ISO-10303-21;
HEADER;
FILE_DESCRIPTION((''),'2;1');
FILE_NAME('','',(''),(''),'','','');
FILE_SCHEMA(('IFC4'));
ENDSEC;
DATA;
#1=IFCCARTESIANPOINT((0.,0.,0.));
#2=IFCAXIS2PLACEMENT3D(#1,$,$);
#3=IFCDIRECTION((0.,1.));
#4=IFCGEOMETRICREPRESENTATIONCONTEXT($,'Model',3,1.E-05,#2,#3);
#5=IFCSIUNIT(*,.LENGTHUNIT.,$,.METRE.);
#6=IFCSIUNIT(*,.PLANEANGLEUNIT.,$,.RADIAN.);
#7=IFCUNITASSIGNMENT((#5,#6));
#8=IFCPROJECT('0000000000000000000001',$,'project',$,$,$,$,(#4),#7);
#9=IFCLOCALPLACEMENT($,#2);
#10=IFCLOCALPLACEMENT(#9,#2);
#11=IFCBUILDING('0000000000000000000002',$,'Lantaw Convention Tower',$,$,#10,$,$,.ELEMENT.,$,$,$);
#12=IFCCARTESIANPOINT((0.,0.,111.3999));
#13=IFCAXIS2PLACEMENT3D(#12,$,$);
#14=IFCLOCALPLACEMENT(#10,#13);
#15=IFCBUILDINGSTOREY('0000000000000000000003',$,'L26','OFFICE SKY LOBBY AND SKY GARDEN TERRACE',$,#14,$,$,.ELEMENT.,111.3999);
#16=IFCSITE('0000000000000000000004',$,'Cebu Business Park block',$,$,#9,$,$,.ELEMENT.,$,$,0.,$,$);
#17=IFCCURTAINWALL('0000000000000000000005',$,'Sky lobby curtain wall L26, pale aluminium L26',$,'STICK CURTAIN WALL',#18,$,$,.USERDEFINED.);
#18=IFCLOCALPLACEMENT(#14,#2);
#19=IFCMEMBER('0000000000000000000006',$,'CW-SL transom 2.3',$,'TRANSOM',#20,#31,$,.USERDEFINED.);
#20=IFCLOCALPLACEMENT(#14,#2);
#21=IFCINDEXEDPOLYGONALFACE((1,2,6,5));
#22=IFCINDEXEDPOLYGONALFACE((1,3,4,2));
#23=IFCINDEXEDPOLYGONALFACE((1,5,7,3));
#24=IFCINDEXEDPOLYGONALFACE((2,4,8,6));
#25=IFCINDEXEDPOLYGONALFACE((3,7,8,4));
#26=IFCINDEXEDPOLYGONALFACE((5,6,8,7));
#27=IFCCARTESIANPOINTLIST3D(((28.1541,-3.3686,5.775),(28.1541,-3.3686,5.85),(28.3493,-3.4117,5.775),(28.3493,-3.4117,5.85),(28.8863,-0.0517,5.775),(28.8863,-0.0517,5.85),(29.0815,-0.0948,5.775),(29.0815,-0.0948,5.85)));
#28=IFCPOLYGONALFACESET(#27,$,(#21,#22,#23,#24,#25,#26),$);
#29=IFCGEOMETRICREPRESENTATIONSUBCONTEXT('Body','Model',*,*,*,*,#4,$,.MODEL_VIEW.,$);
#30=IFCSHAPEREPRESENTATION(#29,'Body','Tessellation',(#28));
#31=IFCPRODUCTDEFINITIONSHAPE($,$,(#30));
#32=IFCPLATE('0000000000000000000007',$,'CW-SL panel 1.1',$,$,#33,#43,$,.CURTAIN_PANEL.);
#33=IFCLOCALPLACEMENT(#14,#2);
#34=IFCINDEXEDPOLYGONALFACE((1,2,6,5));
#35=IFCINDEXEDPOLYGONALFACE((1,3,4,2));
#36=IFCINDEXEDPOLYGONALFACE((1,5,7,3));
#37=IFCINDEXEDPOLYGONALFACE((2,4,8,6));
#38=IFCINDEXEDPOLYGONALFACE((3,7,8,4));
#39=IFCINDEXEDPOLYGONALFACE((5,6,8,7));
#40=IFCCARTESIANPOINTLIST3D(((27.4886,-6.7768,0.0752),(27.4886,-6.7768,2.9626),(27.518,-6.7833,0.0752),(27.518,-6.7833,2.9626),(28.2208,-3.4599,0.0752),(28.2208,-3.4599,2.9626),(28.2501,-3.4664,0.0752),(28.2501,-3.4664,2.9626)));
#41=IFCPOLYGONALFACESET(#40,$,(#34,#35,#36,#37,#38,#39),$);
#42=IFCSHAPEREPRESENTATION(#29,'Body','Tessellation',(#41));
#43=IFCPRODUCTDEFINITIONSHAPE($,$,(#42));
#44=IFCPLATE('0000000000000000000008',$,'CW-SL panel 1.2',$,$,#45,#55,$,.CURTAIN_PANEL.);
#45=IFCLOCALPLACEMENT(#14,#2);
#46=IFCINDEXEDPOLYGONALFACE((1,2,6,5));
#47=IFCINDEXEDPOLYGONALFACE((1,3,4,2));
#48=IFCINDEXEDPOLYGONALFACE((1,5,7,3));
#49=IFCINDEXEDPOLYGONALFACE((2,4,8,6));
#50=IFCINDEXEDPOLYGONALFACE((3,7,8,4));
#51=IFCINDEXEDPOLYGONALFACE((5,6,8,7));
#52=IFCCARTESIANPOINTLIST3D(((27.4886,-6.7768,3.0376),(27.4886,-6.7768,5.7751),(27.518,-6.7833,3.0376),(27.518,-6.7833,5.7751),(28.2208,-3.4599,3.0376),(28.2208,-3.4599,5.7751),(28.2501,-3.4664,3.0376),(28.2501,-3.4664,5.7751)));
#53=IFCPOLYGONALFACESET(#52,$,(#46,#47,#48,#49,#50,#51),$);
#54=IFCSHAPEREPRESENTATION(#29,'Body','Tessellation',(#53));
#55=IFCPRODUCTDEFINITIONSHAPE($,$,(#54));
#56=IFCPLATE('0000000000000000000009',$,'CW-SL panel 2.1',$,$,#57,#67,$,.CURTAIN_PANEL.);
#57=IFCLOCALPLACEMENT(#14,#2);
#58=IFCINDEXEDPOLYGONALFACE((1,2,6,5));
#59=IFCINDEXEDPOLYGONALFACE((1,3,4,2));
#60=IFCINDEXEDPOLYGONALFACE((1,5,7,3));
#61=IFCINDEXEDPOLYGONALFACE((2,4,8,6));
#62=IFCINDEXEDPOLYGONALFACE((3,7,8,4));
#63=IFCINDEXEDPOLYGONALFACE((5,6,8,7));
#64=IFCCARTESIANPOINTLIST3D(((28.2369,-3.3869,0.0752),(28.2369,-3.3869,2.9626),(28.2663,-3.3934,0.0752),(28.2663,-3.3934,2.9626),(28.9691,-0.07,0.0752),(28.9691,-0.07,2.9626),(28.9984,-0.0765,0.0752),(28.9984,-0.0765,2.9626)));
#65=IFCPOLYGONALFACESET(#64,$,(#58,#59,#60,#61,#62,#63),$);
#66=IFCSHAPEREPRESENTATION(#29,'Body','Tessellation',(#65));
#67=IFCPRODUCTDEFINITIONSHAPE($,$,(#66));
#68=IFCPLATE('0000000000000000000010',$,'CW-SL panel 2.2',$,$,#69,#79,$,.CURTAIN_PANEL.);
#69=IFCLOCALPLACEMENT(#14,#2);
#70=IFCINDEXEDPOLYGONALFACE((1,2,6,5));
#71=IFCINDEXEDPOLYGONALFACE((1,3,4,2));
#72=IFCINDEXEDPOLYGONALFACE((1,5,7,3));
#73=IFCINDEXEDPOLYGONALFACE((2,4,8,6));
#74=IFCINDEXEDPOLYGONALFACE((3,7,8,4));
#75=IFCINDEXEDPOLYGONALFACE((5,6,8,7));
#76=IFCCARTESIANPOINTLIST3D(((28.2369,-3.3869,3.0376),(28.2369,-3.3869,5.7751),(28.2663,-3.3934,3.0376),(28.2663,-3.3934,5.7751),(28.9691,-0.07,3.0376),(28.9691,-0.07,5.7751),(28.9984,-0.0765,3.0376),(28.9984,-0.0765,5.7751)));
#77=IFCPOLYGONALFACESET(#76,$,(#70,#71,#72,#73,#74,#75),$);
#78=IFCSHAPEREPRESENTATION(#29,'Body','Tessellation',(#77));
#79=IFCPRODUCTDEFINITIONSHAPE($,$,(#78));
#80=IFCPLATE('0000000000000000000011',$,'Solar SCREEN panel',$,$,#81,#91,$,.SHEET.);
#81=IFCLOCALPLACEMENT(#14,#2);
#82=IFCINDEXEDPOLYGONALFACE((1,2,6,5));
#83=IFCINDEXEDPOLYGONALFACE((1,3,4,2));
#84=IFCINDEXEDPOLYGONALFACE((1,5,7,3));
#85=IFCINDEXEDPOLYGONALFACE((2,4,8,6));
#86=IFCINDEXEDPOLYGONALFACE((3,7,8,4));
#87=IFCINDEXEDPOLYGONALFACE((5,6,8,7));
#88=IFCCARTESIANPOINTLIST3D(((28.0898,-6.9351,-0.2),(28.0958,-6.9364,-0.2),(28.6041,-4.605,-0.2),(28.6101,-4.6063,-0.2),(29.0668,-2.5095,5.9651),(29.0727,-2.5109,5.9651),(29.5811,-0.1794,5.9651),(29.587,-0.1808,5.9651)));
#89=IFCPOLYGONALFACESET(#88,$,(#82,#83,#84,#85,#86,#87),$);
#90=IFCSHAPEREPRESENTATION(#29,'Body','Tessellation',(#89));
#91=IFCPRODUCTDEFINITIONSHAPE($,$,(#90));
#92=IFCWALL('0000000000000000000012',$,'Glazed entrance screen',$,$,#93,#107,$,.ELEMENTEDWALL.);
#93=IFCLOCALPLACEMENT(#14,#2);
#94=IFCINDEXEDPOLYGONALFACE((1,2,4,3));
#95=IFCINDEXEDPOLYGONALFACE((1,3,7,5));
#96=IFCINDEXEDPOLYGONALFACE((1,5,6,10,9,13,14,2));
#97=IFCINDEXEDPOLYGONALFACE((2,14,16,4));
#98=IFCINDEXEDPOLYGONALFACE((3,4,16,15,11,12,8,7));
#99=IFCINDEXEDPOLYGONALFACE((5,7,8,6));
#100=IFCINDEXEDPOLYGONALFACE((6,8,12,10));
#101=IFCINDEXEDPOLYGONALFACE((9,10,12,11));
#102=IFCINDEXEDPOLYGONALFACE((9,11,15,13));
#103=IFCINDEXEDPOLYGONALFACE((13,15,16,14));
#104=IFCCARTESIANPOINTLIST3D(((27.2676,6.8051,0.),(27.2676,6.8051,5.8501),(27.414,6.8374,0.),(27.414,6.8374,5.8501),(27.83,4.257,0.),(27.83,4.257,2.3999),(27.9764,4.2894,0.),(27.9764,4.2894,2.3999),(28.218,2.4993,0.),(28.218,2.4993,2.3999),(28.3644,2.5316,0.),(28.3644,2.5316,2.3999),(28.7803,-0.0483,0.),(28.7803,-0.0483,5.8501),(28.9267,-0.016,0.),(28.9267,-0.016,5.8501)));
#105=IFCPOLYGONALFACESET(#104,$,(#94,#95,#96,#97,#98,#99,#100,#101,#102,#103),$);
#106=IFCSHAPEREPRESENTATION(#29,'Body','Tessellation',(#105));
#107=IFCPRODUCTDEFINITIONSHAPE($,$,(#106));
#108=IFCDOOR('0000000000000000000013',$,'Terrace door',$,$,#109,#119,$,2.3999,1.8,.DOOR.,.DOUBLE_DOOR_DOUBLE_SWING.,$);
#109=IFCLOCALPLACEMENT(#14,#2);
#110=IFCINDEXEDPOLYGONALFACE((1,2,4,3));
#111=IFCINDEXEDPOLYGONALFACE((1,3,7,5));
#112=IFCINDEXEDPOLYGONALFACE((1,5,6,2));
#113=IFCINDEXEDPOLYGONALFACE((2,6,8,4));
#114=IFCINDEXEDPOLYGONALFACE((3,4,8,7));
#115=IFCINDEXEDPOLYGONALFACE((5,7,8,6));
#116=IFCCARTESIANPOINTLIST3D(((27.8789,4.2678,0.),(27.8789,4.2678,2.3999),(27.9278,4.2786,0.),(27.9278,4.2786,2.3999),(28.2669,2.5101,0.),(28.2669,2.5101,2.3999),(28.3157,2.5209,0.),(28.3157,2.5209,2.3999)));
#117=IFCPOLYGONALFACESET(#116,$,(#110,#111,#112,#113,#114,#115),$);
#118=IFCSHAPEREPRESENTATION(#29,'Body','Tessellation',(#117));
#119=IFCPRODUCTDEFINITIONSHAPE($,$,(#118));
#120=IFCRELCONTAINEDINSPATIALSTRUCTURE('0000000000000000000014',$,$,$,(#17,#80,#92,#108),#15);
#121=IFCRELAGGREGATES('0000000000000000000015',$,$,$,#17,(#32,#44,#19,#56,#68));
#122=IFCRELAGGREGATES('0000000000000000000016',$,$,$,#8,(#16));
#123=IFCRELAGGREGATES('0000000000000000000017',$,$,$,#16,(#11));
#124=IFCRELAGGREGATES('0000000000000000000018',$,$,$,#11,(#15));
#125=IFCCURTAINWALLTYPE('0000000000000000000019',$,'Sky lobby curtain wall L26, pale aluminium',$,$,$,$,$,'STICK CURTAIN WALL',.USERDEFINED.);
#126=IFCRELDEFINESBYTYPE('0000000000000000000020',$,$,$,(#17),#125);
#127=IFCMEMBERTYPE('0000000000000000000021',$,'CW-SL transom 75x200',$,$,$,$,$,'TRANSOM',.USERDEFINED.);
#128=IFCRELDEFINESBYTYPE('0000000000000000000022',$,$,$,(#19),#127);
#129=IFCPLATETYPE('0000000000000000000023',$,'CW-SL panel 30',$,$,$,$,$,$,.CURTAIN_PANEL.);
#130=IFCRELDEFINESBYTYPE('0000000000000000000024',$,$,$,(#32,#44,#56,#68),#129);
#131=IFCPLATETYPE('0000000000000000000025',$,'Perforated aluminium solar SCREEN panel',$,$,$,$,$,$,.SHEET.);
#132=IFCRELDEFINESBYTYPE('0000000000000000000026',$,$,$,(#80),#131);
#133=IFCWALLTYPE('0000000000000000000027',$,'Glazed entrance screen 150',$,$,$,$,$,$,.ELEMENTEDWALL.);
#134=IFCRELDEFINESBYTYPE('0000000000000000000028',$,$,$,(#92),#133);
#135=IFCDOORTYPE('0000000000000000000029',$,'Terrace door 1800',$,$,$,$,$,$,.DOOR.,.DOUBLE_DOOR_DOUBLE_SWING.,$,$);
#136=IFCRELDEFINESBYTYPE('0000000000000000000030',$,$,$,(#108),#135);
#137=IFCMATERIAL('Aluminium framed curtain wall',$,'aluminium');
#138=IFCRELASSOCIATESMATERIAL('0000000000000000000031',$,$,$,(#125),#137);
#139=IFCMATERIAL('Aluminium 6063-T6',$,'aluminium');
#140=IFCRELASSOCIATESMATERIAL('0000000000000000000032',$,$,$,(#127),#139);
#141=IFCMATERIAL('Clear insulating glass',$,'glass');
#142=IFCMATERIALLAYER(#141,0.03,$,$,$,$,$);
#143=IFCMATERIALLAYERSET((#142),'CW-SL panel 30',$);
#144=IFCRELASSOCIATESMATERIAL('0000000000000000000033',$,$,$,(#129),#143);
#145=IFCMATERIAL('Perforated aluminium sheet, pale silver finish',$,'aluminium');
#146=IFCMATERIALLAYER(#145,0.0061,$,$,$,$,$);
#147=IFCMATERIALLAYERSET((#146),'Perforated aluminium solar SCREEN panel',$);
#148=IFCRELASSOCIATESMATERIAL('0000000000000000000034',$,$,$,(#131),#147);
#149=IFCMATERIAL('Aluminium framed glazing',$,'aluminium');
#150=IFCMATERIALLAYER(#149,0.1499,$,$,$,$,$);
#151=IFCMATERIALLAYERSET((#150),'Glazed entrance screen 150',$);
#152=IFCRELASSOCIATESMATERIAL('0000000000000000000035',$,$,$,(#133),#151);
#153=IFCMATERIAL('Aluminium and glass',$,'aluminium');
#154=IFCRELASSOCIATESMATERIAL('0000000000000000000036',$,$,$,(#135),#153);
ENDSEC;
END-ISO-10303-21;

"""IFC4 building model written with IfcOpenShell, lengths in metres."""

from ifc_helpers import new_model, si_unit, direction, frame, frame_2d, origin, origin_2d, place, context, subcontext, project, spatial, polyline, rectangle, outline, extrude, material, layer, layer_set, material_profile, profile_set, type_object, element, fill, aggregate, save


model = new_model("IFC4")

# Units and contexts
model_context = context("Model", 3, precision=1e-05, world=origin(), true_north=direction((0.0, 1.0)))
body_context = subcontext(model_context, "Body", "Model", "MODEL_VIEW")
ifc_project = project(units=[si_unit("LENGTHUNIT", "METRE"), si_unit("PLANEANGLEUNIT", "RADIAN")], contexts=[model_context])

# Site, building, storey
site_placement = place(None, origin())
site = spatial("IfcSite", under=ifc_project, at=site_placement, Name="Cebu Business Park block", CompositionType="ELEMENT", RefElevation=0.0)
building_placement = place(site_placement, origin())
building = spatial("IfcBuilding", under=site, at=building_placement, Name="Lantaw Convention Tower", CompositionType="ELEMENT")
storey_placement = place(building_placement, frame((0.0, 0.0, 111.3999)))
storey = spatial("IfcBuildingStorey", under=building, at=storey_placement, Name="L26", Description="OFFICE SKY LOBBY AND SKY GARDEN TERRACE", CompositionType="ELEMENT", Elevation=111.3999)

# Shared definitions
ifc_material_1 = material(Name="Aluminium framed curtain wall", Category="aluminium")
curtain_wall_type = type_object("IfcCurtainWallType", Name="Sky lobby curtain wall L26, pale aluminium", ElementType="STICK CURTAIN WALL", PredefinedType="USERDEFINED", material=ifc_material_1)
ifc_material_2 = material(Name="Aluminium 6063-T6", Category="aluminium")

# Curtain wall, member, plates
curtain_wall_1_placement = place(storey_placement, origin())
curtain_wall_1 = element("IfcCurtainWall", 1, at=curtain_wall_1_placement, inside=storey, type_object=curtain_wall_type, Name="Sky lobby curtain wall L26, pale aluminium L26", ObjectType="STICK CURTAIN WALL", PredefinedType="USERDEFINED")
ifc_material_profile_1 = material_profile(ifc_material_2, rectangle(XDim=0.2, YDim=0.075, at=origin_2d()), Name="CW-SL transom 75x200")
ifc_profile_set_1 = profile_set([ifc_material_profile_1], Name="Aluminium 6063-T6")
member_type_1 = type_object("IfcMemberType", Name="CW-SL transom 75x200", ElementType="TRANSOM", PredefinedType="USERDEFINED", material=ifc_profile_set_1)
member_1_placement = place(storey_placement, frame((28.2517, -3.3901, 5.8125), z_axis=(0.215553, 0.976492, 0.0), x_axis=(-0.976492, 0.215553, 0.0)))
member_1 = element("IfcMember", 2, at=member_1_placement, type_object=member_type_1, Name="CW-SL transom 2.3", ObjectType="TRANSOM", PredefinedType="USERDEFINED", context=body_context, shape_type="SweptSolid", body=[
    extrude(rectangle(XDim=0.2, YDim=0.075, at=origin_2d()), origin(), (0.0, 0.0, 1.0), 3.3967),
])
ifc_material_3 = material(Name="Clear insulating glass", Category="glass")
ifc_layer_1 = layer(ifc_material_3, 0.03)
ifc_layer_set_1 = layer_set([ifc_layer_1], Name="CW-SL panel 30")
plate_type_1 = type_object("IfcPlateType", Name="CW-SL panel 30", PredefinedType="CURTAIN_PANEL", material=ifc_layer_set_1)
plate_1_placement = place(storey_placement, frame((27.8694, -5.1216, 0.0752), z_axis=(0.0, 0.0, 1.0), x_axis=(0.215546, 0.976494, 0.0)))
plate_1 = element("IfcPlate", 3, at=plate_1_placement, type_object=plate_type_1, Name="CW-SL panel 1.1", PredefinedType="CURTAIN_PANEL", context=body_context, shape_type="SweptSolid", body=[
    extrude(rectangle(XDim=3.3967, YDim=0.03, at=origin_2d()), origin(), (0.0, 0.0, 1.0), 2.8875),
])
plate_2_placement = place(storey_placement, frame((27.8694, -5.1216, 3.0376), z_axis=(0.0, 0.0, 1.0), x_axis=(0.215546, 0.976494, 0.0)))
plate_2 = element("IfcPlate", 4, at=plate_2_placement, type_object=plate_type_1, Name="CW-SL panel 1.2", PredefinedType="CURTAIN_PANEL", context=body_context, shape_type="SweptSolid", body=[
    extrude(rectangle(XDim=3.3967, YDim=0.03, at=origin_2d()), origin(), (0.0, 0.0, 1.0), 2.7375),
])
plate_3_placement = place(storey_placement, frame((28.6177, -1.7317, 0.0752), z_axis=(0.0, 0.0, 1.0), x_axis=(0.215546, 0.976494, 0.0)))
plate_3 = element("IfcPlate", 5, at=plate_3_placement, type_object=plate_type_1, Name="CW-SL panel 2.1", PredefinedType="CURTAIN_PANEL", context=body_context, shape_type="SweptSolid", body=[
    extrude(rectangle(XDim=3.3967, YDim=0.03, at=origin_2d()), origin(), (0.0, 0.0, 1.0), 2.8875),
])
plate_4_placement = place(storey_placement, frame((28.6177, -1.7317, 3.0376), z_axis=(0.0, 0.0, 1.0), x_axis=(0.215546, 0.976494, 0.0)))
plate_4 = element("IfcPlate", 6, at=plate_4_placement, type_object=plate_type_1, Name="CW-SL panel 2.2", PredefinedType="CURTAIN_PANEL", context=body_context, shape_type="SweptSolid", body=[
    extrude(rectangle(XDim=3.3967, YDim=0.03, at=origin_2d()), origin(), (0.0, 0.0, 1.0), 2.7375),
])
aggregate(curtain_wall_1, [plate_1, plate_2, member_1, plate_3, plate_4])

# Plate
ifc_material_4 = material(Name="Perforated aluminium sheet, pale silver finish", Category="aluminium")
ifc_layer_2 = layer(ifc_material_4, 0.0061)
ifc_layer_set_2 = layer_set([ifc_layer_2], Name="Perforated aluminium solar SCREEN panel")
plate_type_2 = type_object("IfcPlateType", Name="Perforated aluminium solar SCREEN panel", PredefinedType="SHEET", material=ifc_layer_set_2)
plate_5_placement = place(storey_placement, frame((28.0898, -6.9351, -0.2), z_axis=(-0.976498, 0.215527, 0.000023), x_axis=(0.215527, 0.976498, 0.0)))
element("IfcPlate", 7, at=plate_5_placement, inside=storey, type_object=plate_type_2, Name="Solar SCREEN panel", PredefinedType="SHEET", context=body_context, shape_type="SweptSolid", body=[
    extrude(outline(polyline([(0.0, 0.0), (2.3861, 0.0), (6.9182, -6.165), (4.5321, -6.165), (0.0, 0.0)])), origin(), (0.0, 0.0, -1.0), 0.0061),
])

# Wall, opening, door
ifc_material_5 = material(Name="Aluminium framed glazing", Category="aluminium")
ifc_layer_3 = layer(ifc_material_5, 0.1499)
ifc_layer_set_3 = layer_set([ifc_layer_3], Name="Glazed entrance screen 150")
wall_type = type_object("IfcWallType", Name="Glazed entrance screen 150", PredefinedType="ELEMENTEDWALL", material=ifc_layer_set_3)
wall_placement = place(storey_placement, frame((28.8535, -0.0322, 0.0), z_axis=(0.0, 0.0, 1.0), x_axis=(-0.215538, 0.976495, 0.0)))
wall = element("IfcWall", 8, at=wall_placement, inside=storey, type_object=wall_type, Name="Glazed entrance screen", PredefinedType="ELEMENTEDWALL", context=body_context, shape_type="SweptSolid", body=[
    extrude(rectangle(XDim=7.0183, YDim=0.1499, at=frame_2d((3.5093, 0.0))), origin(), (0.0, 0.0, 1.0), 5.8501),
])
opening_placement = place(wall_placement, frame((2.6091, 0.0, 0.0)))
opening = element("IfcOpeningElement", 9, at=opening_placement, cuts=wall, PredefinedType="OPENING", context=body_context, shape_type="SweptSolid", body=[
    extrude(rectangle(XDim=1.8, YDim=2.3999, at=frame_2d((0.8999, 1.2))), frame((0.0, 0.085, 0.0), z_axis=(0.0, -1.0, 0.0), x_axis=(1.0, 0.0, 0.0)), (0.0, 0.0, 1.0), 0.1699),
])
ifc_material_6 = material(Name="Aluminium and glass", Category="aluminium")
door_type = type_object("IfcDoorType", Name="Terrace door 1800", OperationType="DOUBLE_DOOR_DOUBLE_SWING", PredefinedType="DOOR", material=ifc_material_6)
door_placement = place(opening_placement, origin())
door = element("IfcDoor", 10, at=door_placement, inside=storey, type_object=door_type, Name="Terrace door", OperationType="DOUBLE_DOOR_DOUBLE_SWING", OverallHeight=2.3999, OverallWidth=1.8, PredefinedType="DOOR", context=body_context, shape_type="SweptSolid", body=[
    extrude(rectangle(XDim=1.8, YDim=2.3999, at=frame_2d((0.8999, 1.2))), frame((0.0, 0.0249, 0.0), z_axis=(0.0, -1.0, 0.0), x_axis=(1.0, 0.0, 0.0)), (0.0, 0.0, 1.0), 0.05),
])
fill(opening, door)

save(model, "model.ifc")
